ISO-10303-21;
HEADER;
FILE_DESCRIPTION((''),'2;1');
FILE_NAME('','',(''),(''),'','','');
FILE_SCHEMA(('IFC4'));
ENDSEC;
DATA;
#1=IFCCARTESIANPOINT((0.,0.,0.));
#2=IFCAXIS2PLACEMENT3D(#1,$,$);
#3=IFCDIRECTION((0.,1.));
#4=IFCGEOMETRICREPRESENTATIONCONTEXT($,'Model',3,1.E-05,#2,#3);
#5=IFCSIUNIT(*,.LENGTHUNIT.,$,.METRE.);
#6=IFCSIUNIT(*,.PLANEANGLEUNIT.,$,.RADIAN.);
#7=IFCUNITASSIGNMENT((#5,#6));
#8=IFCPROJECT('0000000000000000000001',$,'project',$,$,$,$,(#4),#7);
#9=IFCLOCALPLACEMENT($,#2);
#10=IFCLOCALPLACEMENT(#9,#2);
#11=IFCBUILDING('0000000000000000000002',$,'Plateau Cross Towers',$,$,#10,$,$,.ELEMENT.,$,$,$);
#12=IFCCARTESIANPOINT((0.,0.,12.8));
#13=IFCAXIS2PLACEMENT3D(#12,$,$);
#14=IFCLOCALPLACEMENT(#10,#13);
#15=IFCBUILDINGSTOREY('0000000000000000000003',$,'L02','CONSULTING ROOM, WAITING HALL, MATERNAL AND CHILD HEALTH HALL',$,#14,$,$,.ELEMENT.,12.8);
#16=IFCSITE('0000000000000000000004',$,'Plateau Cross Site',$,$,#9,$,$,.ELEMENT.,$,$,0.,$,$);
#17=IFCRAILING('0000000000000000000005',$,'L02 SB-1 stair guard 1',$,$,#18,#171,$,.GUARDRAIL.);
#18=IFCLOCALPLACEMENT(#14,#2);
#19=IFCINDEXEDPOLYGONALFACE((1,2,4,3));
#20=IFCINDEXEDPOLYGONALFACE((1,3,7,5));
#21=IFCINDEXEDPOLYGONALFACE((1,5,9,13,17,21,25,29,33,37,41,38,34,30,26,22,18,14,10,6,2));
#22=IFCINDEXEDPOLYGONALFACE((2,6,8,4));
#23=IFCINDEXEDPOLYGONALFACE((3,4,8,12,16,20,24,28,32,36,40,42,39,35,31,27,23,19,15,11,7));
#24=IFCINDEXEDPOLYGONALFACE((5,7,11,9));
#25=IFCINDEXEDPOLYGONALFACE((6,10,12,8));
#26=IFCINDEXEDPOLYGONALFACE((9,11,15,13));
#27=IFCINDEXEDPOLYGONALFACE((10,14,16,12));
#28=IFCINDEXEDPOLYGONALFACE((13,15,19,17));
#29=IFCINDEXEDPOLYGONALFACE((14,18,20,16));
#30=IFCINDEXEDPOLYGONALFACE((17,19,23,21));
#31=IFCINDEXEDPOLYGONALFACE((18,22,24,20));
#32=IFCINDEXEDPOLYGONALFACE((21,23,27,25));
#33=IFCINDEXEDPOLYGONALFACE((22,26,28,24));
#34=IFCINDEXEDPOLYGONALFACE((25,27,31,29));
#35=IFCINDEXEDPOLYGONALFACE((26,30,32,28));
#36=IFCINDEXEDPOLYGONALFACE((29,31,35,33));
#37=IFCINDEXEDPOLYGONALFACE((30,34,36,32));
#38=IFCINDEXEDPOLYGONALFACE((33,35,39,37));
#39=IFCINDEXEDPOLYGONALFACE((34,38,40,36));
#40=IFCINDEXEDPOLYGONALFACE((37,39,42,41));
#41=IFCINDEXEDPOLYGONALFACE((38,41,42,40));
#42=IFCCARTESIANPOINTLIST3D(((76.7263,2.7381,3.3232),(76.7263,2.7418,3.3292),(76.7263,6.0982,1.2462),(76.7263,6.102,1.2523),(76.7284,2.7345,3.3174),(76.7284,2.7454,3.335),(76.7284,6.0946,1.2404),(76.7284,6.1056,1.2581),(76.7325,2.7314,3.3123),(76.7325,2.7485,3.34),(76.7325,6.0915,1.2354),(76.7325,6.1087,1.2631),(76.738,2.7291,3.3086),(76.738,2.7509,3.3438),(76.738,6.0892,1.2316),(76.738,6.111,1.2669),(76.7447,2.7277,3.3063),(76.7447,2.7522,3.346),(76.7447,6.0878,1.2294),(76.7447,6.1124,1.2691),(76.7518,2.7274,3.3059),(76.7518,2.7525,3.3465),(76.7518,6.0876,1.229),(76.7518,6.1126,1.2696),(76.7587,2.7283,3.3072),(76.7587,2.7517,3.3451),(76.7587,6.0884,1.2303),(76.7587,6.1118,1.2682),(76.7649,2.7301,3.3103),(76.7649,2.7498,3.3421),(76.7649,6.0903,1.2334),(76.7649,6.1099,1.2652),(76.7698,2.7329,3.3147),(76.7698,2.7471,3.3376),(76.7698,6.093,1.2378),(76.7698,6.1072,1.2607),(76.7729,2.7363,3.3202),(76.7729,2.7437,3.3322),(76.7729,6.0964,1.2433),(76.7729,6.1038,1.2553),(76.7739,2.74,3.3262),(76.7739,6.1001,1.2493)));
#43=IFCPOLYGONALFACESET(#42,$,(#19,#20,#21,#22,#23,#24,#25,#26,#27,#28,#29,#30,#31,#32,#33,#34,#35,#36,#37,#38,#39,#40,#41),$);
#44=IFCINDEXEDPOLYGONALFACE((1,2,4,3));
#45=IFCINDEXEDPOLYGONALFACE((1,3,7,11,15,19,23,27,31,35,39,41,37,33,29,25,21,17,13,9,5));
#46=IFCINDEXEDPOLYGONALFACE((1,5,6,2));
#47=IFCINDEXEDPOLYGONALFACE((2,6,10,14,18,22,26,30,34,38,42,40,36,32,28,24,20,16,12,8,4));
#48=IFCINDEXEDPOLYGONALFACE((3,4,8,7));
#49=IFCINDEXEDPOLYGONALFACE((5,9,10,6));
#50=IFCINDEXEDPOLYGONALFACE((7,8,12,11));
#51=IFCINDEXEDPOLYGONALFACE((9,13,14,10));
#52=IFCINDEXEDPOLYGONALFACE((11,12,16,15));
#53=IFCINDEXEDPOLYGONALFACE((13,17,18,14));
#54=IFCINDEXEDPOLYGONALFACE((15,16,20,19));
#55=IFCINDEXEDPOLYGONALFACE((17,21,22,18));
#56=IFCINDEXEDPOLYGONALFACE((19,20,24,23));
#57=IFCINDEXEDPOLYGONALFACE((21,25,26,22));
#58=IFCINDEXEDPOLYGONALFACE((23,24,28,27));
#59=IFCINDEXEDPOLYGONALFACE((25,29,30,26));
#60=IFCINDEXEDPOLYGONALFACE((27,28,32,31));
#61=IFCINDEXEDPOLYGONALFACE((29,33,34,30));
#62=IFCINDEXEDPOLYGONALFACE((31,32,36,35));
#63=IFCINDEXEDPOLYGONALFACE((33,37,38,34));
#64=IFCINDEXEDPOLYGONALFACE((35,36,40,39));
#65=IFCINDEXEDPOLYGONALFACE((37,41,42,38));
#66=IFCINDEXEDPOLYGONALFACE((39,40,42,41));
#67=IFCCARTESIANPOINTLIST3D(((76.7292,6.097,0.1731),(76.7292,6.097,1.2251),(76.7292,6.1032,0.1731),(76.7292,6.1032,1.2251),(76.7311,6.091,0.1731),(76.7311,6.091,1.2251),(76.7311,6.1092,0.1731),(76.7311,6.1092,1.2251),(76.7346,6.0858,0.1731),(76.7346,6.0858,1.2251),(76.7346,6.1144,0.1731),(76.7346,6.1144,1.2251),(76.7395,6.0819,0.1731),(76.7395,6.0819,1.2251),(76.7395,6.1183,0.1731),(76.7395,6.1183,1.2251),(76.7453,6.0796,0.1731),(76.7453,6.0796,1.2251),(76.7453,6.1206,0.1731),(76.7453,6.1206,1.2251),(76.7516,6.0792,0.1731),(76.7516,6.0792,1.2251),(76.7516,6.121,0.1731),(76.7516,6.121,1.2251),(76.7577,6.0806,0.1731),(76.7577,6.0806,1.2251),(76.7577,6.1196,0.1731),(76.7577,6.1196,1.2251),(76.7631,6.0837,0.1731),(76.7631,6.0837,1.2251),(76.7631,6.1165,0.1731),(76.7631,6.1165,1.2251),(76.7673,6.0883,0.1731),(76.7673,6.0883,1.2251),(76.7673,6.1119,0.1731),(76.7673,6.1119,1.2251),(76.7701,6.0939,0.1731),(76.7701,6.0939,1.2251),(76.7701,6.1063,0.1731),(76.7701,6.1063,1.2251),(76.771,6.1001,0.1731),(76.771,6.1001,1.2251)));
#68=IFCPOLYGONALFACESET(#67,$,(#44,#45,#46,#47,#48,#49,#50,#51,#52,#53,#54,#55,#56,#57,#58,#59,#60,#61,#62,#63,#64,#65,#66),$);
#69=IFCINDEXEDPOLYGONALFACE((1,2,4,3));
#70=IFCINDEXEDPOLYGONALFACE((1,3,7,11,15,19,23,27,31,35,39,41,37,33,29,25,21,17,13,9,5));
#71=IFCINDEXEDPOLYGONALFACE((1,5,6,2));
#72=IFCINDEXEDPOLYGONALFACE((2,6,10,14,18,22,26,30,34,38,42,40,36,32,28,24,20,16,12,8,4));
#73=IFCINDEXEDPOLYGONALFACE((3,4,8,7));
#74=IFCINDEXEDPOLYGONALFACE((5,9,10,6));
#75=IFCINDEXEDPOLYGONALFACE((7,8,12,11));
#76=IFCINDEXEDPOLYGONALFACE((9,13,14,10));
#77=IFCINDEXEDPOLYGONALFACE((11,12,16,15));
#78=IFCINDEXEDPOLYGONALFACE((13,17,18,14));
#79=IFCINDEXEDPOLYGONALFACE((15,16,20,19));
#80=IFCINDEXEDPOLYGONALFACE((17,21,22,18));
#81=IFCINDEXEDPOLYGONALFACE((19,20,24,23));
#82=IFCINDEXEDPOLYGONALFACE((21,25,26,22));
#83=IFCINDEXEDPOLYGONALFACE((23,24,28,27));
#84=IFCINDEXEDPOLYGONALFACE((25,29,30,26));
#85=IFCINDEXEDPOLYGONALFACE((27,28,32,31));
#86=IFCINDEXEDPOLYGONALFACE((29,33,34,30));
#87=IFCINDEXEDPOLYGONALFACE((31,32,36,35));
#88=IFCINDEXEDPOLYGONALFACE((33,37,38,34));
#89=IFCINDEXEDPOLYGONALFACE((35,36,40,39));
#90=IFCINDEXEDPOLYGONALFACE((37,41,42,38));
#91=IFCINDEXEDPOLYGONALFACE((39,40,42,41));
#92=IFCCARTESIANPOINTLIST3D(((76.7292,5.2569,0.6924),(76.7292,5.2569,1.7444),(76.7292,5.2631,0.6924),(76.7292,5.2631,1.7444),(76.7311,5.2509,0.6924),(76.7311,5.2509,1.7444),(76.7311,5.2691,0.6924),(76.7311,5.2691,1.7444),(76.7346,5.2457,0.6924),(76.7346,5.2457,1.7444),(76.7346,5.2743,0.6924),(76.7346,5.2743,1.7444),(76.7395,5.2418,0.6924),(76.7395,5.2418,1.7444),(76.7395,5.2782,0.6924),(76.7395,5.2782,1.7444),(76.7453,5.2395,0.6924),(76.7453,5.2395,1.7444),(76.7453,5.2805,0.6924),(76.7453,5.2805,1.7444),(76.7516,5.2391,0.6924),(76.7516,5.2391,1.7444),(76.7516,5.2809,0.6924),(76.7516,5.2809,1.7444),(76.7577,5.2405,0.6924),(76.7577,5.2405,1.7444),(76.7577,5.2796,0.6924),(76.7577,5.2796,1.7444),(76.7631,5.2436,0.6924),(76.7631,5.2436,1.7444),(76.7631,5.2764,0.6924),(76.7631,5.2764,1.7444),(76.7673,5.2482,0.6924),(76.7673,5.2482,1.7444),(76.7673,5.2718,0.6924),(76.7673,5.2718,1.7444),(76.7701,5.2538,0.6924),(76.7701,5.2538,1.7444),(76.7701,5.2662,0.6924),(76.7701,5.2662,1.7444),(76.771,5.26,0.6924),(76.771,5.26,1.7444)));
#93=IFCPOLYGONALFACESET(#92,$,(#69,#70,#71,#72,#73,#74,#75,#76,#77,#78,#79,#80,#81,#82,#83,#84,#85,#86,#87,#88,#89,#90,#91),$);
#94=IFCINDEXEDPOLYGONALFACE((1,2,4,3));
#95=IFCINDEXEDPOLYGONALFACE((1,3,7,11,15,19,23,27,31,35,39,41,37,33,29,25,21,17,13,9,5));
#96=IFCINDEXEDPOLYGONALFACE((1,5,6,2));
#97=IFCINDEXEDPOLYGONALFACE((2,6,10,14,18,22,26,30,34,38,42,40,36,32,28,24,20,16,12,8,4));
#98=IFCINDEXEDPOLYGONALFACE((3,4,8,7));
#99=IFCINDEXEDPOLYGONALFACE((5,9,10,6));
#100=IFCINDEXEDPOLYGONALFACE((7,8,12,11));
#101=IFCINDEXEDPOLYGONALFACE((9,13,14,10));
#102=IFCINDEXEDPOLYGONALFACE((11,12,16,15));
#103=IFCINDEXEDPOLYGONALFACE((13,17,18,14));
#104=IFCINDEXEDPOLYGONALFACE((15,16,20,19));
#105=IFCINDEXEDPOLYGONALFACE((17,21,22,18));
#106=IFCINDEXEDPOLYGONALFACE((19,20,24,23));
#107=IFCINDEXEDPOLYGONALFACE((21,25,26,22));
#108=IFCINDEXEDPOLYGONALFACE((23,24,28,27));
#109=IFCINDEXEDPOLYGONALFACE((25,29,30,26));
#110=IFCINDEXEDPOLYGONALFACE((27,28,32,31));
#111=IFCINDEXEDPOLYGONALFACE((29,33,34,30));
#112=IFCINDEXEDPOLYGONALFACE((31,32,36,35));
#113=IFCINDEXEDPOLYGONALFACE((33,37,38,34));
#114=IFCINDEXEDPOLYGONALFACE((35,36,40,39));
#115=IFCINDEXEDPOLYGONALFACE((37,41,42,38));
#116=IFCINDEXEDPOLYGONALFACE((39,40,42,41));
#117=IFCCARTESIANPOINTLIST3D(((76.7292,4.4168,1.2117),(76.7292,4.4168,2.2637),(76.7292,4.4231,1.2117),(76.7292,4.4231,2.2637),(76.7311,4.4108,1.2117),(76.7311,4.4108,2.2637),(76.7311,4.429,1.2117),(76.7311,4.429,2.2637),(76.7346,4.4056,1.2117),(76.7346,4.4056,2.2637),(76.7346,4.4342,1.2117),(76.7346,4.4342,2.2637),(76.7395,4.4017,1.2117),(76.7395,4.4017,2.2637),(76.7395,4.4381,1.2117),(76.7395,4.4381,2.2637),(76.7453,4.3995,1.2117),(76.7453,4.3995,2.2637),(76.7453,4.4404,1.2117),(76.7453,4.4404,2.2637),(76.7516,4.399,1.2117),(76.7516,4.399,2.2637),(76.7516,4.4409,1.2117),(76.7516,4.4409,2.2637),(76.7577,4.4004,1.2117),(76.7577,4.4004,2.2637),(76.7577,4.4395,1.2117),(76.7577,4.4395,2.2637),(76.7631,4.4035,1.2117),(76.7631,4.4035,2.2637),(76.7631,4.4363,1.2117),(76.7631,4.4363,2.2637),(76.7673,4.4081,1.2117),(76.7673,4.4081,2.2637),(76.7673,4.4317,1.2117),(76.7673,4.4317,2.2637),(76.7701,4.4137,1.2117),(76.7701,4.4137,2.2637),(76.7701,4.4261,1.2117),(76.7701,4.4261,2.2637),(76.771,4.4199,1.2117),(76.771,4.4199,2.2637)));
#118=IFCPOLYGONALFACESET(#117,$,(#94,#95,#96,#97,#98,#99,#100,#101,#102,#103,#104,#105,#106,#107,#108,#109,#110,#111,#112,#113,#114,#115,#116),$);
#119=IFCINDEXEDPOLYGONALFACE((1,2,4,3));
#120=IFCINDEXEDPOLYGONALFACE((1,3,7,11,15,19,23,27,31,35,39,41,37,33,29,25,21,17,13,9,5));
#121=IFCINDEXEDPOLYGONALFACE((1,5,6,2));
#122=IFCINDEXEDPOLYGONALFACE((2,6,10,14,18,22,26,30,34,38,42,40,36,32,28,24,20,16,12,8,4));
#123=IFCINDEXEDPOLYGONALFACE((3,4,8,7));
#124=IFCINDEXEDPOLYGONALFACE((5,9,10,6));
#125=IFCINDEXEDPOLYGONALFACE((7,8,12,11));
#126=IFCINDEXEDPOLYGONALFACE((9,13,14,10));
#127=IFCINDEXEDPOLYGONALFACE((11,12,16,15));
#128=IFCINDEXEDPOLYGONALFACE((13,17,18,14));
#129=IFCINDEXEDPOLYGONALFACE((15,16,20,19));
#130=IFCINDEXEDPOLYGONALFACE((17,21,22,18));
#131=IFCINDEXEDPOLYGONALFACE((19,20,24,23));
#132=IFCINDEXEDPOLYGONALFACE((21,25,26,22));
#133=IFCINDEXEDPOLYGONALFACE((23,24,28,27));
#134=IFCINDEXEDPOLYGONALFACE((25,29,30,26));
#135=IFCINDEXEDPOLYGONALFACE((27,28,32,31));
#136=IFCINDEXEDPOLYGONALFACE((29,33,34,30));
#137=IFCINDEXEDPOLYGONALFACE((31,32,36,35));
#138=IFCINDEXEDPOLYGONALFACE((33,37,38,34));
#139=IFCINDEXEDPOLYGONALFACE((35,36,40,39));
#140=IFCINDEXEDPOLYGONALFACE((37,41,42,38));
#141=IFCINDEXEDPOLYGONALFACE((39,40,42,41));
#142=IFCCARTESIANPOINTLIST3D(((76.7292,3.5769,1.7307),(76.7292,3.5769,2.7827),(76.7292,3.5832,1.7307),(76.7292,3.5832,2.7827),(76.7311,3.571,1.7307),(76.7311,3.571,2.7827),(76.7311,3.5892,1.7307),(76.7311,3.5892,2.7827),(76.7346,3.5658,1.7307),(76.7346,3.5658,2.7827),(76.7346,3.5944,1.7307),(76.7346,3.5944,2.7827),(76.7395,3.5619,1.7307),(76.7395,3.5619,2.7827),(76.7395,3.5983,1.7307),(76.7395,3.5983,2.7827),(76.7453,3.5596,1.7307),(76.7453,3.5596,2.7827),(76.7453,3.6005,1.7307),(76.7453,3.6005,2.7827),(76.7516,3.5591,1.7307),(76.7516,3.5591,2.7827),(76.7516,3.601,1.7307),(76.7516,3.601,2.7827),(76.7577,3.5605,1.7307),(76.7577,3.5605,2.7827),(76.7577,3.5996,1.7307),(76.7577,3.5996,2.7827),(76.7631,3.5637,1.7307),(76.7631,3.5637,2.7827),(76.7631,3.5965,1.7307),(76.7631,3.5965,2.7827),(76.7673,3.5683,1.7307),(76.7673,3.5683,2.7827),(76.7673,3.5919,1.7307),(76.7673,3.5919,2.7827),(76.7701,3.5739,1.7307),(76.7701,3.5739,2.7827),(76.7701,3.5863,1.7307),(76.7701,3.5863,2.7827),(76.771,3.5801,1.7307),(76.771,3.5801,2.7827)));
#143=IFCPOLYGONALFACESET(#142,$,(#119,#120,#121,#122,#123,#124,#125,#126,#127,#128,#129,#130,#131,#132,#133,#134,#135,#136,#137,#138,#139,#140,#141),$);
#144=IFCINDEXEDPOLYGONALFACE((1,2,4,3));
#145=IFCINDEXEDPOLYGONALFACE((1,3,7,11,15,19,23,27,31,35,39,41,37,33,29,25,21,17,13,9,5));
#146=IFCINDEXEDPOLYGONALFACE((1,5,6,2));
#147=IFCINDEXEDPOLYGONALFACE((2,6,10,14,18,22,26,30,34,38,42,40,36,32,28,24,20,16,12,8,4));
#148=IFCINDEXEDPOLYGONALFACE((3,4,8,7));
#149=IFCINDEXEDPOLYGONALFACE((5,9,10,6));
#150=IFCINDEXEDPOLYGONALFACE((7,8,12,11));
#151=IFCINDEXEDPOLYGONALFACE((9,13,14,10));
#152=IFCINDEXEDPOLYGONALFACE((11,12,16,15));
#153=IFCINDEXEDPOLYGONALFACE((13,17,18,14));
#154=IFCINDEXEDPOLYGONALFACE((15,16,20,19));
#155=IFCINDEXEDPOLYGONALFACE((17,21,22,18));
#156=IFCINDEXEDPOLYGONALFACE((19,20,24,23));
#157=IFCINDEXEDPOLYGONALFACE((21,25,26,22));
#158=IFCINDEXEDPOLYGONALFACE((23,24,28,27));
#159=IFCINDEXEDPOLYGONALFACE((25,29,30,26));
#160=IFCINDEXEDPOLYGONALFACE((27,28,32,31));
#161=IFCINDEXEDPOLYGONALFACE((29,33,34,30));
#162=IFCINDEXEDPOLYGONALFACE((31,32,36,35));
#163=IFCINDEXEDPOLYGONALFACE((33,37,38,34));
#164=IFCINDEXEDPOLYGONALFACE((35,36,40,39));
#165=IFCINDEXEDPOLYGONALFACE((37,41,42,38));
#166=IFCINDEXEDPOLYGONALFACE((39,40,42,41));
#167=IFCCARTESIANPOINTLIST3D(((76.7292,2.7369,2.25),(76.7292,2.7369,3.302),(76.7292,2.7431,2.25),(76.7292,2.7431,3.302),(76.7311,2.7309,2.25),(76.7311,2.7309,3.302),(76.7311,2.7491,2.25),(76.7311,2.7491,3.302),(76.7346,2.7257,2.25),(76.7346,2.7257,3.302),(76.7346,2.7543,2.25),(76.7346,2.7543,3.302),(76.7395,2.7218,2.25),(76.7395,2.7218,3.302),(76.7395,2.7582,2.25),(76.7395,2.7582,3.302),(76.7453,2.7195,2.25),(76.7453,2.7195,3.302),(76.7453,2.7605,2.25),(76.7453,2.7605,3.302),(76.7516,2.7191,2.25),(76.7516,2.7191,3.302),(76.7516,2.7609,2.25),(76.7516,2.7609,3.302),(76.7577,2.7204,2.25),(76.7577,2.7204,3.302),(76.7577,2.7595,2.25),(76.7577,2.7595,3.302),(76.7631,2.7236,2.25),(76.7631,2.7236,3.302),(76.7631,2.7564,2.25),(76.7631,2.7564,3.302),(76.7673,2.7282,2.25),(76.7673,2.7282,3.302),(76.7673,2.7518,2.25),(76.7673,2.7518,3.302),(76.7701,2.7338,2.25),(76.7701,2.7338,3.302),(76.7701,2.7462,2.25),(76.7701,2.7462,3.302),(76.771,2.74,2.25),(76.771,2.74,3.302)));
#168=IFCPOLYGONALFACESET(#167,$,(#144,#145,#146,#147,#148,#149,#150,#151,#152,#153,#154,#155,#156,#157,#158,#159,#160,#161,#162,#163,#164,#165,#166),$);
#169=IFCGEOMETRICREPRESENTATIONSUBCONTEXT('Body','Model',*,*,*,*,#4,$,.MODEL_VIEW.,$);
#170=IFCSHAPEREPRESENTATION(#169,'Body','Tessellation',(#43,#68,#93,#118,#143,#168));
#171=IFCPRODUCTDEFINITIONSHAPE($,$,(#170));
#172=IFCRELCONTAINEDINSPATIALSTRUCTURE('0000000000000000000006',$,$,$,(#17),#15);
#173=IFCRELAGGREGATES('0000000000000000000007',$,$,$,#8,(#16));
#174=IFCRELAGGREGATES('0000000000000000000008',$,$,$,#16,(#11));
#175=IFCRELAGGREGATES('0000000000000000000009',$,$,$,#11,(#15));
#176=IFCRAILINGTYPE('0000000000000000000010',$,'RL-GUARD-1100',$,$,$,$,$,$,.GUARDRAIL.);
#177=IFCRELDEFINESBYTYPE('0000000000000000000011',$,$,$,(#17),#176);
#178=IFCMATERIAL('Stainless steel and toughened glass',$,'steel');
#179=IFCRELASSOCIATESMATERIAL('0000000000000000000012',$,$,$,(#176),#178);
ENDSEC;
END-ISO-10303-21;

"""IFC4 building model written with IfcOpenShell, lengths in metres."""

from ifc_helpers import new_model, si_unit, direction, frame, origin, origin_2d, place, context, subcontext, project, spatial, circle, extrude, material, type_object, element, save


model = new_model("IFC4")

# Units and contexts
model_context = context("Model", 3, precision=1e-05, world=origin(), true_north=direction((0.0, 1.0)))
body_context = subcontext(model_context, "Body", "Model", "MODEL_VIEW")
ifc_project = project(units=[si_unit("LENGTHUNIT", "METRE"), si_unit("PLANEANGLEUNIT", "RADIAN")], contexts=[model_context])

# Site, building, storey
site_placement = place(None, origin())
site = spatial("IfcSite", under=ifc_project, at=site_placement, Name="Plateau Cross Site", CompositionType="ELEMENT", RefElevation=0.0)
building_placement = place(site_placement, origin())
building = spatial("IfcBuilding", under=site, at=building_placement, Name="Plateau Cross Towers", CompositionType="ELEMENT")
storey_placement = place(building_placement, frame((0.0, 0.0, 12.8)))
storey = spatial("IfcBuildingStorey", under=building, at=storey_placement, Name="L02", Description="CONSULTING ROOM, WAITING HALL, MATERNAL AND CHILD HEALTH HALL", CompositionType="ELEMENT", Elevation=12.8)

# Railing
ifc_material_1 = material(Name="Stainless steel and toughened glass", Category="steel")
railing_type_1 = type_object("IfcRailingType", Name="RL-GUARD-1100", PredefinedType="GUARDRAIL", material=ifc_material_1)
railing_1_placement = place(storey_placement, frame((76.75, 6.1001, 0.1731)))
element("IfcRailing", 1, at=railing_1_placement, inside=storey, type_object=railing_type_1, Name="L02 SB-1 stair guard 1", PredefinedType="GUARDRAIL", context=body_context, shape_type="SweptSolid", body=[
    extrude(circle(Radius=0.0239, at=origin_2d()), frame((0.0, 0.0, 1.0762), z_axis=(0.0, -0.850623, 0.525776), x_axis=(1.0, 0.0, 0.0)), (0.0, 0.0, 1.0), 3.9502),
    extrude(circle(Radius=0.021, at=origin_2d()), origin(), (0.0, 0.0, 1.0), 1.052),
    extrude(circle(Radius=0.021, at=origin_2d()), frame((0.0, -0.8401, 0.5193)), (0.0, 0.0, 1.0), 1.052),
    extrude(circle(Radius=0.021, at=origin_2d()), frame((0.0, -1.6802, 1.0386)), (0.0, 0.0, 1.0), 1.052),
    extrude(circle(Radius=0.021, at=origin_2d()), frame((0.0, -2.52, 1.5576)), (0.0, 0.0, 1.0), 1.052),
    extrude(circle(Radius=0.021, at=origin_2d()), frame((0.0, -3.3601, 2.0769)), (0.0, 0.0, 1.0), 1.052),
])

save(model, "model.ifc")
